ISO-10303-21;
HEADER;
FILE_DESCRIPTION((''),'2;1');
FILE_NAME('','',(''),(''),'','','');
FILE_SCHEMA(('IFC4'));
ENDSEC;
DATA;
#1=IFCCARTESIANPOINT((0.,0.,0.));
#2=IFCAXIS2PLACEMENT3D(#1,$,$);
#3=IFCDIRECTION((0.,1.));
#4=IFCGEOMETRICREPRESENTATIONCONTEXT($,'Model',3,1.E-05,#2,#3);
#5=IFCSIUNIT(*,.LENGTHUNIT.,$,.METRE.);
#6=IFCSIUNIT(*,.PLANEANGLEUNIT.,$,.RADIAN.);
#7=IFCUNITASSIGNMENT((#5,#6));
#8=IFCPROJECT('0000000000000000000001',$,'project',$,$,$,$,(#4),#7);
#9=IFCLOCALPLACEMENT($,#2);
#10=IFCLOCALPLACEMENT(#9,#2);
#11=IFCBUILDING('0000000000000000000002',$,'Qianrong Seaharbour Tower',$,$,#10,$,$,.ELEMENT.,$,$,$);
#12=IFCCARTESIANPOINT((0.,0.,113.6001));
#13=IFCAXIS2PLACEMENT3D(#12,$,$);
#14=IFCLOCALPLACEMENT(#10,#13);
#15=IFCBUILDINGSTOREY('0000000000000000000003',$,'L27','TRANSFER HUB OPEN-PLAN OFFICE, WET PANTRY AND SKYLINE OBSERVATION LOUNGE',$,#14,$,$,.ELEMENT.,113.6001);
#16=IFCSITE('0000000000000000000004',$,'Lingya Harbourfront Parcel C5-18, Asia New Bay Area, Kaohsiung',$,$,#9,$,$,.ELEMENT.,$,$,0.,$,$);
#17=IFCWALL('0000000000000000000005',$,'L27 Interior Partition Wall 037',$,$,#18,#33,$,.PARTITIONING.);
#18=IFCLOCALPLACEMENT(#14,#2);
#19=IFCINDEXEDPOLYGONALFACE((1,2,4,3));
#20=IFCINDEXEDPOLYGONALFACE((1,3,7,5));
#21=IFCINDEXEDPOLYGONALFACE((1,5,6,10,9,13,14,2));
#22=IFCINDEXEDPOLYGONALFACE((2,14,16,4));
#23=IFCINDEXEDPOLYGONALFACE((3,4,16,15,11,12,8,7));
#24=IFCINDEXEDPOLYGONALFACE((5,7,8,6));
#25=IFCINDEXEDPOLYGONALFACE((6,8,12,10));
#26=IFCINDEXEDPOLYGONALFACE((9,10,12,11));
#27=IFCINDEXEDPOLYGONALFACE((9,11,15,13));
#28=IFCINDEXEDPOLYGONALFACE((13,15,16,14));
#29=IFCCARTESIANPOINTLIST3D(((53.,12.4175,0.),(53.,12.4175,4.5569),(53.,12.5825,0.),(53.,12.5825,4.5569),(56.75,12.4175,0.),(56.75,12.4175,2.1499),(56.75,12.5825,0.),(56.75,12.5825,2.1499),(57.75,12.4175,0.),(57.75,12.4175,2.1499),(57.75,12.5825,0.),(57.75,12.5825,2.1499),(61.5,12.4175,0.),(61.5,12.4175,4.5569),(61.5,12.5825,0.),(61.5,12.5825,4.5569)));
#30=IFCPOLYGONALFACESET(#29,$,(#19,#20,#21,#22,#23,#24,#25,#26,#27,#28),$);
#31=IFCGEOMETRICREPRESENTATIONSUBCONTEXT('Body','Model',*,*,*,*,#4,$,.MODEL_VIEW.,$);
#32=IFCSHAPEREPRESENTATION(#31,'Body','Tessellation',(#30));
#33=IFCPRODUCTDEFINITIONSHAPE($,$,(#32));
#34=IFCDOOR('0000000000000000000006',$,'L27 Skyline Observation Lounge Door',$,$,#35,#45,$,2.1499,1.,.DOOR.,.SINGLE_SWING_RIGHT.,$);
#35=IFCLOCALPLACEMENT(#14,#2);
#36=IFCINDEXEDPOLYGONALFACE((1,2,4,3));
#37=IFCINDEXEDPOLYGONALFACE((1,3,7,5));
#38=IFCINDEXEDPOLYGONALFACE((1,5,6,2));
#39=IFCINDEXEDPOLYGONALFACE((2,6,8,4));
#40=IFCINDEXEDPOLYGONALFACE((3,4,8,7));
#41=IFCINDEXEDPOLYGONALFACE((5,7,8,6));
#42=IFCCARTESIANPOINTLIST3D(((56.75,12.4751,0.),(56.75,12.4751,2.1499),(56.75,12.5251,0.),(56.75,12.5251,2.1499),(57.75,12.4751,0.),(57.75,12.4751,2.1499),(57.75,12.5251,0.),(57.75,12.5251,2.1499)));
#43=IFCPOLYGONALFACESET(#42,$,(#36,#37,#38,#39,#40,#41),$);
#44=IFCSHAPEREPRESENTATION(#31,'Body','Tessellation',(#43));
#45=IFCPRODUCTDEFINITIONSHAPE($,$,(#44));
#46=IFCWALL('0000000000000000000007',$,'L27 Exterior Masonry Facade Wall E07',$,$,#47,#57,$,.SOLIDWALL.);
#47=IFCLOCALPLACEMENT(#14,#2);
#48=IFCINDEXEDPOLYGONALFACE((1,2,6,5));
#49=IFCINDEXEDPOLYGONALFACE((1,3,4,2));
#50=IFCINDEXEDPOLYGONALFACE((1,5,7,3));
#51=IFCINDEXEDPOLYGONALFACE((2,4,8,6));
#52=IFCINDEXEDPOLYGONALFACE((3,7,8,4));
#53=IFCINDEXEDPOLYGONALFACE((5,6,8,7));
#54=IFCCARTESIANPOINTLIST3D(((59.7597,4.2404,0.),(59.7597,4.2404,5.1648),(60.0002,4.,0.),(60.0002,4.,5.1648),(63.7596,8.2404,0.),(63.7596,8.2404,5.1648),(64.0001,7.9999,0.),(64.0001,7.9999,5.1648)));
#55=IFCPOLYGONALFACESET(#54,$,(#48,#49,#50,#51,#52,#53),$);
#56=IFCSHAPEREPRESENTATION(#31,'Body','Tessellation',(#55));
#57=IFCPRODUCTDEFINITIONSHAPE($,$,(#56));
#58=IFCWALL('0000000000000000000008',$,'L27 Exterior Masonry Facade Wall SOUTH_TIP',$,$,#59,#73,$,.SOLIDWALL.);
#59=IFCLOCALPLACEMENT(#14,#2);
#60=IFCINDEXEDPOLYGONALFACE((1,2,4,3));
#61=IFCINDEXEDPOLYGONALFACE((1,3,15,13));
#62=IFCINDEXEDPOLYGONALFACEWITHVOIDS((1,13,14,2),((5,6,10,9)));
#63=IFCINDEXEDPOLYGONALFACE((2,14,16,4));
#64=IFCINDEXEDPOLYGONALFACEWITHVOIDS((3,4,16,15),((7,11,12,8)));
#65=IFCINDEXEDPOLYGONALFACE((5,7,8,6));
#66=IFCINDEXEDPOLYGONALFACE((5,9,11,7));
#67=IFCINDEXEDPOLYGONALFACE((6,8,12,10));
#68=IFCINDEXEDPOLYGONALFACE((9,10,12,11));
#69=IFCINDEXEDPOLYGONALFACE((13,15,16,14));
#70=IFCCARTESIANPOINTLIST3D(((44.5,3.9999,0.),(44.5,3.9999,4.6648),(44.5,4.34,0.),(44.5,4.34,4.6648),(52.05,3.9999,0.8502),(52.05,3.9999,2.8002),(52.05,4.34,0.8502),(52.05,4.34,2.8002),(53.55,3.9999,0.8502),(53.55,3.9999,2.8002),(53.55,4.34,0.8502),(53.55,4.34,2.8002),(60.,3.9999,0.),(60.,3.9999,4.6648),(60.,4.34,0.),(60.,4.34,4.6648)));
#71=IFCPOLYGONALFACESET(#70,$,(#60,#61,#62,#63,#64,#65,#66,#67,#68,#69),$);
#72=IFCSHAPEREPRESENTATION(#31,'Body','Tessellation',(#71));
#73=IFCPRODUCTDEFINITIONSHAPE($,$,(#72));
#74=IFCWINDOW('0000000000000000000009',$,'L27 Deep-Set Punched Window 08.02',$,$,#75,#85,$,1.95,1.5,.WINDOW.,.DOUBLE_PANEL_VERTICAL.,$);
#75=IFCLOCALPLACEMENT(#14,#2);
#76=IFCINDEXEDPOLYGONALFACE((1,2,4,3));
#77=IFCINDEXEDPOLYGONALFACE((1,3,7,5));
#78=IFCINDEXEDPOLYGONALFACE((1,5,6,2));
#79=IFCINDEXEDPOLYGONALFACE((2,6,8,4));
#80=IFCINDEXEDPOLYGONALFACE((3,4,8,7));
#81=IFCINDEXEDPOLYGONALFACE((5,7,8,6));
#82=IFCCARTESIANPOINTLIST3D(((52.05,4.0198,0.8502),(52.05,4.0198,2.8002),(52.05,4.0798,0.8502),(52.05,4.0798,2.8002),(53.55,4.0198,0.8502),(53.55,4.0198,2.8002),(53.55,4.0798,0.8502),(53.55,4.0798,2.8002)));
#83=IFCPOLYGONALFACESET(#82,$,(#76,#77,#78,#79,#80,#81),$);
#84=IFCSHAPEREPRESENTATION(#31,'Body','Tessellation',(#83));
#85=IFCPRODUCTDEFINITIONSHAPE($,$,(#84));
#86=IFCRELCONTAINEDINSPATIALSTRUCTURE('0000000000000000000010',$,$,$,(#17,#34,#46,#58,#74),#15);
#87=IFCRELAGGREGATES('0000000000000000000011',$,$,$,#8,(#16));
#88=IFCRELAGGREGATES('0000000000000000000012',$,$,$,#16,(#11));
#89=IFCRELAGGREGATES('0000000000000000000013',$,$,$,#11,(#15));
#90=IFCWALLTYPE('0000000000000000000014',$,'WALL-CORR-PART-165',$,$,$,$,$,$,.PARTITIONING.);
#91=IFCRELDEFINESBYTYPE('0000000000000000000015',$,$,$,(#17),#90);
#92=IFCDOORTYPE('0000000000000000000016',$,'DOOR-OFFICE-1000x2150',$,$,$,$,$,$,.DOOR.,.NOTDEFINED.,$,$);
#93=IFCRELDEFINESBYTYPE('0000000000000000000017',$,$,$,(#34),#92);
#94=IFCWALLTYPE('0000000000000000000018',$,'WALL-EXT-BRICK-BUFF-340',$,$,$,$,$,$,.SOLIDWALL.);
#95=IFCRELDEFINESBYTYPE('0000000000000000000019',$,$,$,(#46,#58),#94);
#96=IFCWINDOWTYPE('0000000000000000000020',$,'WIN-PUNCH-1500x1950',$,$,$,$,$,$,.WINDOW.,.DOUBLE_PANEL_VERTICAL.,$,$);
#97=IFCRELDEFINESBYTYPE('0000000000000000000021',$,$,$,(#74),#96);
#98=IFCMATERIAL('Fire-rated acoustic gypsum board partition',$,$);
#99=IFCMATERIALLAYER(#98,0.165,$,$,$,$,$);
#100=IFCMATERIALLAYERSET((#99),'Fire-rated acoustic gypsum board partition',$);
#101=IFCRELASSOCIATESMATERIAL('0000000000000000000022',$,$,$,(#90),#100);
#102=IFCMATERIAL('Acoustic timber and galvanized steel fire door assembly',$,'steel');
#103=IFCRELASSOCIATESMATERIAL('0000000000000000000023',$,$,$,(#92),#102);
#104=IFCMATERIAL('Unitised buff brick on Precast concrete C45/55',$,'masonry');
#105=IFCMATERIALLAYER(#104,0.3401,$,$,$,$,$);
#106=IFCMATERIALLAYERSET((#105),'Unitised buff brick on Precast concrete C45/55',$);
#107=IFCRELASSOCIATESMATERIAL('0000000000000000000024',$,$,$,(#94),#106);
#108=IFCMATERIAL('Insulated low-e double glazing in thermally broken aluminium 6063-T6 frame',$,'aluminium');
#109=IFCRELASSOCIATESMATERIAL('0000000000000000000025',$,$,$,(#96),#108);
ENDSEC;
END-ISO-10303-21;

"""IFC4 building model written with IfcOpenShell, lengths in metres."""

from ifc_helpers import new_model, si_unit, direction, frame, frame_2d, origin, place, context, subcontext, project, spatial, rectangle, extrude, material, layer, layer_set, type_object, element, fill, save


model = new_model("IFC4")

# Units and contexts
model_context = context("Model", 3, precision=1e-05, world=origin(), true_north=direction((0.0, 1.0)))
body_context = subcontext(model_context, "Body", "Model", "MODEL_VIEW")
ifc_project = project(units=[si_unit("LENGTHUNIT", "METRE"), si_unit("PLANEANGLEUNIT", "RADIAN")], contexts=[model_context])

# Site, building, storey
site_placement = place(None, origin())
site = spatial("IfcSite", under=ifc_project, at=site_placement, Name="Lingya Harbourfront Parcel C5-18, Asia New Bay Area, Kaohsiung", CompositionType="ELEMENT", RefElevation=0.0)
building_placement = place(site_placement, origin())
building = spatial("IfcBuilding", under=site, at=building_placement, Name="Qianrong Seaharbour Tower", CompositionType="ELEMENT")
storey_placement = place(building_placement, frame((0.0, 0.0, 113.6001)))
storey = spatial("IfcBuildingStorey", under=building, at=storey_placement, Name="L27", Description="TRANSFER HUB OPEN-PLAN OFFICE, WET PANTRY AND SKYLINE OBSERVATION LOUNGE", CompositionType="ELEMENT", Elevation=113.6001)

# Wall, opening, door
ifc_material_1 = material(Name="Fire-rated acoustic gypsum board partition")
ifc_layer_1 = layer(ifc_material_1, 0.165)
ifc_layer_set_1 = layer_set([ifc_layer_1], Name="Fire-rated acoustic gypsum board partition")
wall_type_1 = type_object("IfcWallType", Name="WALL-CORR-PART-165", PredefinedType="PARTITIONING", material=ifc_layer_set_1)
wall_1_placement = place(storey_placement, frame((61.5, 12.5, 0.0), z_axis=(0.0, 0.0, 1.0), x_axis=(-1.0, 0.0, 0.0)))
wall_1 = element("IfcWall", 1, at=wall_1_placement, inside=storey, type_object=wall_type_1, Name="L27 Interior Partition Wall 037", PredefinedType="PARTITIONING", context=body_context, shape_type="SweptSolid", body=[
    extrude(rectangle(XDim=8.5, YDim=0.165, at=frame_2d((4.25, 0.0))), origin(), (0.0, 0.0, 1.0), 4.5569),
])
opening_1_placement = place(wall_1_placement, frame((3.75, 0.0, 0.0)))
opening_1 = element("IfcOpeningElement", 2, at=opening_1_placement, cuts=wall_1, PredefinedType="OPENING", context=body_context, shape_type="SweptSolid", body=[
    extrude(rectangle(XDim=1.0, YDim=2.1499, at=frame_2d((0.5, 1.075))), frame((0.0, 0.0925, 0.0), z_axis=(0.0, -1.0, 0.0), x_axis=(1.0, 0.0, 0.0)), (0.0, 0.0, 1.0), 0.1851),
])
ifc_material_2 = material(Name="Acoustic timber and galvanized steel fire door assembly", Category="steel")
door_type = type_object("IfcDoorType", Name="DOOR-OFFICE-1000x2150", OperationType="NOTDEFINED", PredefinedType="DOOR", material=ifc_material_2)
door_placement = place(opening_1_placement, origin())
door = element("IfcDoor", 3, at=door_placement, inside=storey, type_object=door_type, Name="L27 Skyline Observation Lounge Door", OperationType="SINGLE_SWING_RIGHT", OverallHeight=2.1499, OverallWidth=1.0, PredefinedType="DOOR", context=body_context, shape_type="SweptSolid", body=[
    extrude(rectangle(XDim=1.0, YDim=2.1499, at=frame_2d((0.5, 1.075))), frame((0.0, 0.0249, 0.0), z_axis=(0.0, -1.0, 0.0), x_axis=(1.0, 0.0, 0.0)), (0.0, 0.0, 1.0), 0.05),
])
fill(opening_1, door)

# Wall
ifc_material_3 = material(Name="Unitised buff brick on Precast concrete C45/55", Category="masonry")
ifc_layer_2 = layer(ifc_material_3, 0.3401)
ifc_layer_set_2 = layer_set([ifc_layer_2], Name="Unitised buff brick on Precast concrete C45/55")
wall_type_2 = type_object("IfcWallType", Name="WALL-EXT-BRICK-BUFF-340", PredefinedType="SOLIDWALL", material=ifc_layer_set_2)
wall_2_placement = place(storey_placement, frame((63.8799, 8.1201, 0.0), z_axis=(0.0, 0.0, 1.0), x_axis=(-0.707107, -0.707107, 0.0)))
element("IfcWall", 4, at=wall_2_placement, inside=storey, type_object=wall_type_2, Name="L27 Exterior Masonry Facade Wall E07", PredefinedType="SOLIDWALL", context=body_context, shape_type="SweptSolid", body=[
    extrude(rectangle(XDim=5.6567, YDim=0.3401, at=frame_2d((2.8284, 0.0))), origin(), (0.0, 0.0, 1.0), 5.1648),
])

# Wall, opening, window
wall_3_placement = place(storey_placement, frame((60.0, 4.1699, 0.0), z_axis=(0.0, 0.0, 1.0), x_axis=(-1.0, 0.0, 0.0)))
wall_3 = element("IfcWall", 5, at=wall_3_placement, inside=storey, type_object=wall_type_2, Name="L27 Exterior Masonry Facade Wall SOUTH_TIP", PredefinedType="SOLIDWALL", context=body_context, shape_type="SweptSolid", body=[
    extrude(rectangle(XDim=15.5, YDim=0.3401, at=frame_2d((7.75, 0.0))), origin(), (0.0, 0.0, 1.0), 4.6648),
])
opening_2_placement = place(wall_3_placement, frame((6.45, 0.0, 0.8501)))
opening_2 = element("IfcOpeningElement", 6, at=opening_2_placement, cuts=wall_3, PredefinedType="OPENING", context=body_context, shape_type="SweptSolid", body=[
    extrude(rectangle(XDim=1.5, YDim=1.95, at=frame_2d((0.75, 0.9751))), frame((0.0, 0.1802, 0.0), z_axis=(0.0, -1.0, 0.0), x_axis=(1.0, 0.0, 0.0)), (0.0, 0.0, 1.0), 0.3601),
])
ifc_material_4 = material(Name="Insulated low-e double glazing in thermally broken aluminium 6063-T6 frame", Category="aluminium")
window_type = type_object("IfcWindowType", Name="WIN-PUNCH-1500x1950", PartitioningType="DOUBLE_PANEL_VERTICAL", PredefinedType="WINDOW", material=ifc_material_4)
window_placement = place(opening_2_placement, origin())
window = element("IfcWindow", 7, at=window_placement, inside=storey, type_object=window_type, Name="L27 Deep-Set Punched Window 08.02", OverallHeight=1.95, OverallWidth=1.5, PartitioningType="DOUBLE_PANEL_VERTICAL", PredefinedType="WINDOW", context=body_context, shape_type="SweptSolid", body=[
    extrude(rectangle(XDim=1.5, YDim=1.95, at=frame_2d((0.75, 0.9751))), frame((0.0, 0.1501, 0.0), z_axis=(0.0, -1.0, 0.0), x_axis=(1.0, 0.0, 0.0)), (0.0, 0.0, 1.0), 0.0601),
])
fill(opening_2, window)

save(model, "model.ifc")
